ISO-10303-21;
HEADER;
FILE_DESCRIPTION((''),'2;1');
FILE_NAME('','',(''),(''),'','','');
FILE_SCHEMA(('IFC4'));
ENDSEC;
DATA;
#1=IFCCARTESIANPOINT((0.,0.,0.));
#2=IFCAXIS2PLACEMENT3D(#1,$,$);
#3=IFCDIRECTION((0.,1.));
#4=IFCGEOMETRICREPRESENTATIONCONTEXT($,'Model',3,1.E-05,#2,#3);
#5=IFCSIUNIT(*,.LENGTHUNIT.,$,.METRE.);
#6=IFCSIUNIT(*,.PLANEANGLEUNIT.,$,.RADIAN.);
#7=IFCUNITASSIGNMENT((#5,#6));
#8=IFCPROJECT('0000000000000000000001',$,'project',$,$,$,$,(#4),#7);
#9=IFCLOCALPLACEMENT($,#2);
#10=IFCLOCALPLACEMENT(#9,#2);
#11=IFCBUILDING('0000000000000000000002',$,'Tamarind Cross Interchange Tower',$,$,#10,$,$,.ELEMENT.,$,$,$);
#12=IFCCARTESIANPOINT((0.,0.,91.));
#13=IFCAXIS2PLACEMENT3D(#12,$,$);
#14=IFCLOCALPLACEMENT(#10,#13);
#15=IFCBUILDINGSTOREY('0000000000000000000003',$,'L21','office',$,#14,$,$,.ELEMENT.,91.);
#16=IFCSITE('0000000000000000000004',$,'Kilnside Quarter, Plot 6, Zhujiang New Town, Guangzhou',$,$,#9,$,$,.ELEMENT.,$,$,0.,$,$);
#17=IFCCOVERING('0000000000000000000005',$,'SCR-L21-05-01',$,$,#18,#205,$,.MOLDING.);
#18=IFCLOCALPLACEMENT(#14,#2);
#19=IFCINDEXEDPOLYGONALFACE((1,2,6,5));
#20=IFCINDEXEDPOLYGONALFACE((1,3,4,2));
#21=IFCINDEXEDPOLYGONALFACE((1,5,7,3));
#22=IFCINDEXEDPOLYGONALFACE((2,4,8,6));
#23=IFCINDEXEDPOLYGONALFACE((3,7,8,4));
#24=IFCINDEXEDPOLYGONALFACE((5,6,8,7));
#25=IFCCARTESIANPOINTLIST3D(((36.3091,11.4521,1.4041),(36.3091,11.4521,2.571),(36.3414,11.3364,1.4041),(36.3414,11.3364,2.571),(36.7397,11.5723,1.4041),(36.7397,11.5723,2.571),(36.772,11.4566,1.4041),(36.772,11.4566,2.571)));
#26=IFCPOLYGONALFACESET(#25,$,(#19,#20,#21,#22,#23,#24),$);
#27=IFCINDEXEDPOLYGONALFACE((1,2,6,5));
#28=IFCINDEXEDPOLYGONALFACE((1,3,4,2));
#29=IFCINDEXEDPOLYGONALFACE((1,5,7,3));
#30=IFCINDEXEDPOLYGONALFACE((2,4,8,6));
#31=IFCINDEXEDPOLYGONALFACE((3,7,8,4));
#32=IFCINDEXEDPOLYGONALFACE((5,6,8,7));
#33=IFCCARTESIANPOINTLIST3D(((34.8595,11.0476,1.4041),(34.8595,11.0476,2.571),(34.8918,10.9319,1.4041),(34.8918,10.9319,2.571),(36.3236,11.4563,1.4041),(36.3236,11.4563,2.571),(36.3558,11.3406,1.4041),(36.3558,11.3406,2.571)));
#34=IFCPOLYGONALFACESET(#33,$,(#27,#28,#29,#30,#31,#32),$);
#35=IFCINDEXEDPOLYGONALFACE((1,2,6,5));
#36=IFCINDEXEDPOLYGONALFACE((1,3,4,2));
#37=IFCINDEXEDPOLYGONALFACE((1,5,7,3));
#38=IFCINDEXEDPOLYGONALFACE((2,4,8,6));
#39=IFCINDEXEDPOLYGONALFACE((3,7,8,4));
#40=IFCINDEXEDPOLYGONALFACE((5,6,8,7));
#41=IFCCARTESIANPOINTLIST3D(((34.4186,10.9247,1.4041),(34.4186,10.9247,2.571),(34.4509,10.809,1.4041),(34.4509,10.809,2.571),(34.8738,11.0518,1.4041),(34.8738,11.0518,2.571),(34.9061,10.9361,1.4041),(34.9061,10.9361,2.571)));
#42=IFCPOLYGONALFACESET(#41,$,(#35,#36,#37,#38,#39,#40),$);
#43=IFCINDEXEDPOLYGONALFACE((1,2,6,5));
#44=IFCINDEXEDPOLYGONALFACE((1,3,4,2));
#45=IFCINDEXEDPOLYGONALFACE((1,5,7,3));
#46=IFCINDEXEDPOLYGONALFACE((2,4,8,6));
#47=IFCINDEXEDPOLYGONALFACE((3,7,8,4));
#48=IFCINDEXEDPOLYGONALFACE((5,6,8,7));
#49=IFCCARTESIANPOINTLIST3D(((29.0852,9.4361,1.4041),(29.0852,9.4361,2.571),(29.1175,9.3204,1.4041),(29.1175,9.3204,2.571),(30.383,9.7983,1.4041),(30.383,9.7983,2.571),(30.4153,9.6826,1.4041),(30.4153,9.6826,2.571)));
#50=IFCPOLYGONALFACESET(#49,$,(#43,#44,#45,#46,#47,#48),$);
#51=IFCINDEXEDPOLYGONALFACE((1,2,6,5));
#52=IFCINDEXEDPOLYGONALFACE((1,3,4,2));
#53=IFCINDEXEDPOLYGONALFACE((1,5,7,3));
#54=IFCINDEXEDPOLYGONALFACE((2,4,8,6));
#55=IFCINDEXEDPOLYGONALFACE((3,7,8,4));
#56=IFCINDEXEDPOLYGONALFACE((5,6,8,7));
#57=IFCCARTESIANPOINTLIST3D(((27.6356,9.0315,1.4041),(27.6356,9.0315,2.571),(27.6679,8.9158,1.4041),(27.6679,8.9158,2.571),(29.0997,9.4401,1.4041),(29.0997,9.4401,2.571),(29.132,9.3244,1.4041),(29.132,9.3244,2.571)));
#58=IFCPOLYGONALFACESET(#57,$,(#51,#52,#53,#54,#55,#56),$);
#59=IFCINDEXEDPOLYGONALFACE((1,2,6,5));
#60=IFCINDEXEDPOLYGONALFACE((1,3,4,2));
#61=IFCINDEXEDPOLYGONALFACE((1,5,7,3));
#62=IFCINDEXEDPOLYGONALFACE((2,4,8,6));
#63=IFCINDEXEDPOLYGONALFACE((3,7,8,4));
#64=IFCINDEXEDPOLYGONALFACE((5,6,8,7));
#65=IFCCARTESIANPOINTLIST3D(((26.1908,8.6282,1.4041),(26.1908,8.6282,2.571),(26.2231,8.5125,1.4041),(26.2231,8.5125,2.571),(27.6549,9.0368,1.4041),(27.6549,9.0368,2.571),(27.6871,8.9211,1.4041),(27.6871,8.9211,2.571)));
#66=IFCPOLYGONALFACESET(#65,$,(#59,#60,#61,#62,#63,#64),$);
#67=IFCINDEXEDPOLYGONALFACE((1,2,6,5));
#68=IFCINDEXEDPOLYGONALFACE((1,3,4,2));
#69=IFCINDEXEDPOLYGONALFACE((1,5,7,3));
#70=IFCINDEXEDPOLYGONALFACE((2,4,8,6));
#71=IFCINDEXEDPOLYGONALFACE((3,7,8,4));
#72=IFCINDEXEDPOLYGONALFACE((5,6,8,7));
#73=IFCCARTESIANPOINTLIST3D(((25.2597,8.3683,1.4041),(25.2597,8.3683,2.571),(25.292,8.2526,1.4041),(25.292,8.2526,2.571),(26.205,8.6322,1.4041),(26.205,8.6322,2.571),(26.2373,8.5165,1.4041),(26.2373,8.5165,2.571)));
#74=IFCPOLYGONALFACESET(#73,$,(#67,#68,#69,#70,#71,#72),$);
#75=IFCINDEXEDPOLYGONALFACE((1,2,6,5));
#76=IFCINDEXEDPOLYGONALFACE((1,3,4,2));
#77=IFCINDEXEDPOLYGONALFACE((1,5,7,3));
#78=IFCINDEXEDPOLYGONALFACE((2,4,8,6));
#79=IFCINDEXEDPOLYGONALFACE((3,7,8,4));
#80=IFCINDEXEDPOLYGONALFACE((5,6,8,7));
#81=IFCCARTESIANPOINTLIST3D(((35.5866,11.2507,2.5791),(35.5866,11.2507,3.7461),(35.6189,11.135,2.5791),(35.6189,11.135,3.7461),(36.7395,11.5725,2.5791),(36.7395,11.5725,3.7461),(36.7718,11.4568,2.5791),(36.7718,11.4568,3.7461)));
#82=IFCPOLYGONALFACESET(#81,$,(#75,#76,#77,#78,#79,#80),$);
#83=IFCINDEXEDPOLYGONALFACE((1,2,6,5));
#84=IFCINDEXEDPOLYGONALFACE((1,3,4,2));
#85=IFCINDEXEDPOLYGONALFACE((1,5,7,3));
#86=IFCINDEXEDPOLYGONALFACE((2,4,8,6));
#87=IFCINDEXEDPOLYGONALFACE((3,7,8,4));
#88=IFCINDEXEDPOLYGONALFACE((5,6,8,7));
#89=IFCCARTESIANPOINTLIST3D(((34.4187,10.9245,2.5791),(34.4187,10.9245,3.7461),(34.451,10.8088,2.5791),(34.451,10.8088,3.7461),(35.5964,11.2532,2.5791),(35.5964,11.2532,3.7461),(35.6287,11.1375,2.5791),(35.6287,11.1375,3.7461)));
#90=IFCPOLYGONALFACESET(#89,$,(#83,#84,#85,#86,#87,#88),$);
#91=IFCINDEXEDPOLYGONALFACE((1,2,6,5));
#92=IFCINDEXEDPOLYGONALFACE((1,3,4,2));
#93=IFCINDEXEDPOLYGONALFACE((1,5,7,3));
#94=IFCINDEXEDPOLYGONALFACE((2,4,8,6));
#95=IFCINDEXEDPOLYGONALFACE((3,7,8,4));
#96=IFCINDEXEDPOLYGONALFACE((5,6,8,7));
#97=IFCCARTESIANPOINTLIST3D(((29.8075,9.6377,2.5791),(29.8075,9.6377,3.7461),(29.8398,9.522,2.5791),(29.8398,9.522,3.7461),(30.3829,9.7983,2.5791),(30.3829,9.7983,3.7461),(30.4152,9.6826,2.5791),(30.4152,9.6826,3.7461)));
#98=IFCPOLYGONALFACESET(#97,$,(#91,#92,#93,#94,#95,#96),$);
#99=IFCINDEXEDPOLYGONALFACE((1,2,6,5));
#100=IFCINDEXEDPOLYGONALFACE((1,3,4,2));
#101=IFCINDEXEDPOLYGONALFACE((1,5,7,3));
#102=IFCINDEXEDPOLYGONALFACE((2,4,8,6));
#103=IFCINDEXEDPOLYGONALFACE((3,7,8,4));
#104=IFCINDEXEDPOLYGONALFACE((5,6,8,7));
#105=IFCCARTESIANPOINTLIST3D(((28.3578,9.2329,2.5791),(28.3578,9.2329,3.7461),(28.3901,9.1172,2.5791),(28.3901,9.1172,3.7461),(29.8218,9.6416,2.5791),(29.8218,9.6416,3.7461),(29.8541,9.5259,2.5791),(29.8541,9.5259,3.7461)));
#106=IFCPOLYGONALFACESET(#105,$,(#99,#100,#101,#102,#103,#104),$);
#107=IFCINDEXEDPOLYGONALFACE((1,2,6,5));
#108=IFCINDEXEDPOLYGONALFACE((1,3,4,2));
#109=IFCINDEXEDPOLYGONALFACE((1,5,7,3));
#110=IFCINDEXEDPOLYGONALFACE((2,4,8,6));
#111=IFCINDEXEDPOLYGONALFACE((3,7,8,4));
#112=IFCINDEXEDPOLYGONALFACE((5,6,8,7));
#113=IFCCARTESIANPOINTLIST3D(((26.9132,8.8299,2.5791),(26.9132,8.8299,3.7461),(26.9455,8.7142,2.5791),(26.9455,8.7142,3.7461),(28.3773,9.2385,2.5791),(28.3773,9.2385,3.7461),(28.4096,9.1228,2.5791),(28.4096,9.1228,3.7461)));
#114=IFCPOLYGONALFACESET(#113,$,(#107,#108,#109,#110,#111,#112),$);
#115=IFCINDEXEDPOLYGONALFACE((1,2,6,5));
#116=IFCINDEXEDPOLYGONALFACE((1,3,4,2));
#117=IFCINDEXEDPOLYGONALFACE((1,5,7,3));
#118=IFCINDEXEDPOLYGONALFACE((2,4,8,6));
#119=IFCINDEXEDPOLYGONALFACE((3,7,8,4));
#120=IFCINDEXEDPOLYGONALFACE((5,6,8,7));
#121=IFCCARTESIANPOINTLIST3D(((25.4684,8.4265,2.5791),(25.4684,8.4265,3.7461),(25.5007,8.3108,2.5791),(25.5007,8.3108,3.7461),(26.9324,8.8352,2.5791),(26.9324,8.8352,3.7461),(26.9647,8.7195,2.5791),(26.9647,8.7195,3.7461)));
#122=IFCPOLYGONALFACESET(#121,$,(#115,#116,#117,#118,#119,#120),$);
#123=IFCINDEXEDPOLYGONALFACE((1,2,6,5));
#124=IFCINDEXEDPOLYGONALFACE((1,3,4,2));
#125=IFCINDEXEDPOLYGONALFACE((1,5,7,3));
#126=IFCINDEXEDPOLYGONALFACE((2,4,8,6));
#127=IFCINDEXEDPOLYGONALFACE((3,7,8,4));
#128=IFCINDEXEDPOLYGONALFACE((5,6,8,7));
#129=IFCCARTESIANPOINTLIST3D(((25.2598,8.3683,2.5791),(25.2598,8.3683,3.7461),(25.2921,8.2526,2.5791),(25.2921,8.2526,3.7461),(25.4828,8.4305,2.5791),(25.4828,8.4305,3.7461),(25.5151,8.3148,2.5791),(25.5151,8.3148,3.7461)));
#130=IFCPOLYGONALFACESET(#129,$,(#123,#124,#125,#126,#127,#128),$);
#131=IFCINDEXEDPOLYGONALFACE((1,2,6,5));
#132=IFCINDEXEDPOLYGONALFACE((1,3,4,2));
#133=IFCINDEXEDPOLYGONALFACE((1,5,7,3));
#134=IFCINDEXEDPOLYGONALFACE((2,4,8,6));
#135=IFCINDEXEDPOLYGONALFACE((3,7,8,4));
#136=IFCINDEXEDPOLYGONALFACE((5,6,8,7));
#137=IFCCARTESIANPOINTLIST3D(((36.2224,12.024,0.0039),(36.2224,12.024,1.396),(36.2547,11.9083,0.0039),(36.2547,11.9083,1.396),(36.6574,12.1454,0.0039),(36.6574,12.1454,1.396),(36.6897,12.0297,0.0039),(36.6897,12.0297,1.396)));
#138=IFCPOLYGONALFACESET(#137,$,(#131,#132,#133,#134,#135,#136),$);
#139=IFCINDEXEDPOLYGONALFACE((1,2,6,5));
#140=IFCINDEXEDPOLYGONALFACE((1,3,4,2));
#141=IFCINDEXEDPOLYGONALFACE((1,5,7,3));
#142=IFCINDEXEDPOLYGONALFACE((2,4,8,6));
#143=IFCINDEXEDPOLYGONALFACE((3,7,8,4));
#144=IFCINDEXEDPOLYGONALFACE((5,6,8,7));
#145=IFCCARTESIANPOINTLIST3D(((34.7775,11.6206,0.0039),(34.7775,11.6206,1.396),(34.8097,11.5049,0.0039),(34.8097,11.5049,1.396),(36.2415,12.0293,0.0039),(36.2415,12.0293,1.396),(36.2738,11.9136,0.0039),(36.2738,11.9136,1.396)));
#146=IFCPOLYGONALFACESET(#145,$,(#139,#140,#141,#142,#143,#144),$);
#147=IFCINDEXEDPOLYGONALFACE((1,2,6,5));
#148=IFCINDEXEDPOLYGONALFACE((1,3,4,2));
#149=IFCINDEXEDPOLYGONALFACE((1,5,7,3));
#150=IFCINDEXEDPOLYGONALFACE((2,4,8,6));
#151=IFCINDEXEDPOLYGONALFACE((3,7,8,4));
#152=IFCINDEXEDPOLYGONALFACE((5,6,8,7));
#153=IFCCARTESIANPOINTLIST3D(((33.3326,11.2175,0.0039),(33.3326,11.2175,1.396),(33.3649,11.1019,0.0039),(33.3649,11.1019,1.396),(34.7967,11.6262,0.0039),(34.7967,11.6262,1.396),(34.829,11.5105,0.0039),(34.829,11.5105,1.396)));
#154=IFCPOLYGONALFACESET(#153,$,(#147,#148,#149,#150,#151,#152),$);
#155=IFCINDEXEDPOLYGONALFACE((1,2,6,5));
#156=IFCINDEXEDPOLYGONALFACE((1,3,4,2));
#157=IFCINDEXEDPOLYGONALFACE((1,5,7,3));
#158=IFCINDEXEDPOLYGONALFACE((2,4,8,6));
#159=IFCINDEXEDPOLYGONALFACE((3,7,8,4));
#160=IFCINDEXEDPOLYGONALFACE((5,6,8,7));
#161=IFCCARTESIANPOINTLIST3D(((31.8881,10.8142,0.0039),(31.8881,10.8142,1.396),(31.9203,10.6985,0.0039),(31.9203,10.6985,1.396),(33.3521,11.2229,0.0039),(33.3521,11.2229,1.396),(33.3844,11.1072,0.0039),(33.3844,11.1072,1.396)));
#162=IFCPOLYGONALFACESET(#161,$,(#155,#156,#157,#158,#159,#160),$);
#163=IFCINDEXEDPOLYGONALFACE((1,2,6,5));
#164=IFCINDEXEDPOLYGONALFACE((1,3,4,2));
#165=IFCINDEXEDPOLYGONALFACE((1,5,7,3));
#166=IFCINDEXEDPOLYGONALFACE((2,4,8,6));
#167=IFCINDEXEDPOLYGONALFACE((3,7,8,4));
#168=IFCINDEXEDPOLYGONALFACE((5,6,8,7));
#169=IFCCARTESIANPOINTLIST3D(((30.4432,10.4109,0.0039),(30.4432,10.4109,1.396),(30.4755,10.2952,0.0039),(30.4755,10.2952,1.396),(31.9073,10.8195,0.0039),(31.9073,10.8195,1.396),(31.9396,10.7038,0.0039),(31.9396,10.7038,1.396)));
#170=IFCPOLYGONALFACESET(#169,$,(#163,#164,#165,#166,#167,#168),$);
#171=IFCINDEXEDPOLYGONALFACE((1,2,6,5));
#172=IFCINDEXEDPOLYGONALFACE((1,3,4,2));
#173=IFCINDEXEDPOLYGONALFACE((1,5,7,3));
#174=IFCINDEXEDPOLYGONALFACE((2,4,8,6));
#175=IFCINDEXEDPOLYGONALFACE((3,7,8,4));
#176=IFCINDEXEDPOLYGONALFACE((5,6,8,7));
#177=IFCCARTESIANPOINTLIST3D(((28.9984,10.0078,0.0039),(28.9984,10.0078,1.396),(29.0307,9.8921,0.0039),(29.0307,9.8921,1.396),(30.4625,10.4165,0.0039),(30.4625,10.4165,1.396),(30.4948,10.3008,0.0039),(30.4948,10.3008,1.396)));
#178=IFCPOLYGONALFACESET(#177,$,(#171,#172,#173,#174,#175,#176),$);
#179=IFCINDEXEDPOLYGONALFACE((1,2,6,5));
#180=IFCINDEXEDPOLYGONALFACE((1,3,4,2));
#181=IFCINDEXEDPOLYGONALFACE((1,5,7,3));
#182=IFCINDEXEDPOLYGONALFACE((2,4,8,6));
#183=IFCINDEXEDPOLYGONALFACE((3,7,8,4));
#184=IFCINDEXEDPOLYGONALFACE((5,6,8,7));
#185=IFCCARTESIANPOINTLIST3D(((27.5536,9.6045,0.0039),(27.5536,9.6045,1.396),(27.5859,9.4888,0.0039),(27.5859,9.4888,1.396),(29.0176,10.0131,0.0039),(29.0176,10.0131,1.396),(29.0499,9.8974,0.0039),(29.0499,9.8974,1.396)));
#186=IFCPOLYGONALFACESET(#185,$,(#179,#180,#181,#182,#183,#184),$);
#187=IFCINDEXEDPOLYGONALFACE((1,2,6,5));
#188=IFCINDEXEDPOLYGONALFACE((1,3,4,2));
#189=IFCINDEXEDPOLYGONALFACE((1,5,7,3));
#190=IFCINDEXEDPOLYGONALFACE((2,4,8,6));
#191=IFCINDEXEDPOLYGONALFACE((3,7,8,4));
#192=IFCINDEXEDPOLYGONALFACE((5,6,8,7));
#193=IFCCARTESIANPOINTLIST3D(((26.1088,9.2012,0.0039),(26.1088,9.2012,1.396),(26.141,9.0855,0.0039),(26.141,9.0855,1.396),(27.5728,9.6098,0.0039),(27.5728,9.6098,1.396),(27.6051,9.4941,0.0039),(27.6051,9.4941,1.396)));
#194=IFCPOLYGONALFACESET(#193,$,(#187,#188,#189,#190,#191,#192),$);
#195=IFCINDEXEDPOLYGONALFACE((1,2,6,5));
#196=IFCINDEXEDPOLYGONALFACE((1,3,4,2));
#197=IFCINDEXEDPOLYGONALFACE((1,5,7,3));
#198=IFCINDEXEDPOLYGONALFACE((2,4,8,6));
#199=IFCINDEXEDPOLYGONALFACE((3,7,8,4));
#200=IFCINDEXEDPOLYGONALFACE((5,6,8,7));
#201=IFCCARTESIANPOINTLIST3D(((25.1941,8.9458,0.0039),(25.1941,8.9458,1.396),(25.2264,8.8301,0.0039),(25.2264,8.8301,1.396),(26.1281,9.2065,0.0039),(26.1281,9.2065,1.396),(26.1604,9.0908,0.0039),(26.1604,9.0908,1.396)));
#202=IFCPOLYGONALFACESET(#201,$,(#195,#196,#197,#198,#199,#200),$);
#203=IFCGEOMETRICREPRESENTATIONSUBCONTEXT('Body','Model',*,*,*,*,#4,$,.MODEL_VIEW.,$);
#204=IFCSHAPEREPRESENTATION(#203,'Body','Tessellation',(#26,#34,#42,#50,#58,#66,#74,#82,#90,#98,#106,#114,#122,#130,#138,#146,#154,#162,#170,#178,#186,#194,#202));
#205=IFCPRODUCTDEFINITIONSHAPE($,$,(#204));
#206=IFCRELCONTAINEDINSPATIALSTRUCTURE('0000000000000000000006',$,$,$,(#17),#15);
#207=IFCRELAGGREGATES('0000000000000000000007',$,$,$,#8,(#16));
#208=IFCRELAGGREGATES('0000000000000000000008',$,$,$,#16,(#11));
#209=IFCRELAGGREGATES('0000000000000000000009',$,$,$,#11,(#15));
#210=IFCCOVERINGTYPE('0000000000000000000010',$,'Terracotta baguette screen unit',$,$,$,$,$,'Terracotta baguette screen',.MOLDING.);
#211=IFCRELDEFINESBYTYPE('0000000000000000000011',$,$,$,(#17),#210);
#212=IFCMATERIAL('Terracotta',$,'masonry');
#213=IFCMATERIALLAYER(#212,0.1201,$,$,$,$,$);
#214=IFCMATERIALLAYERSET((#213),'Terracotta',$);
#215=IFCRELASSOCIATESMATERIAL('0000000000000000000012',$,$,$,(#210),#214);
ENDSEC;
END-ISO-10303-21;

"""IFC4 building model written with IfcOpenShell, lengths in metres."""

from ifc_helpers import new_model, si_unit, direction, frame, origin, origin_2d, place, context, subcontext, project, spatial, rectangle, extrude, material, layer, layer_set, type_object, element, save


model = new_model("IFC4")

# Units and contexts
model_context = context("Model", 3, precision=1e-05, world=origin(), true_north=direction((0.0, 1.0)))
body_context = subcontext(model_context, "Body", "Model", "MODEL_VIEW")
ifc_project = project(units=[si_unit("LENGTHUNIT", "METRE"), si_unit("PLANEANGLEUNIT", "RADIAN")], contexts=[model_context])

# Site, building, storey
site_placement = place(None, origin())
site = spatial("IfcSite", under=ifc_project, at=site_placement, Name="Kilnside Quarter, Plot 6, Zhujiang New Town, Guangzhou", CompositionType="ELEMENT", RefElevation=0.0)
building_placement = place(site_placement, origin())
building = spatial("IfcBuilding", under=site, at=building_placement, Name="Tamarind Cross Interchange Tower", CompositionType="ELEMENT")
storey_placement = place(building_placement, frame((0.0, 0.0, 91.0)))
storey = spatial("IfcBuildingStorey", under=building, at=storey_placement, Name="L21", Description="office", CompositionType="ELEMENT", Elevation=91.0)

# Covering
ifc_material_1 = material(Name="Terracotta", Category="masonry")
ifc_layer_1 = layer(ifc_material_1, 0.1201)
ifc_layer_set_1 = layer_set([ifc_layer_1], Name="Terracotta")
covering_type = type_object("IfcCoveringType", Name="Terracotta baguette screen unit", ElementType="Terracotta baguette screen", PredefinedType="MOLDING", material=ifc_layer_set_1)
covering_1_placement = place(storey_placement, origin())
element("IfcCovering", 1, at=covering_1_placement, inside=storey, type_object=covering_type, Name="SCR-L21-05-01", PredefinedType="MOLDING", context=body_context, shape_type="SweptSolid", body=[
    extrude(rectangle(XDim=0.447, YDim=0.1201, at=origin_2d()), frame((36.5405, 11.4543, 1.4041), z_axis=(0.0, 0.0, 1.0), x_axis=(-0.963187, -0.268831, 0.0)), (0.0, 0.0, 1.0), 1.167),
    extrude(rectangle(XDim=1.52, YDim=0.1201, at=origin_2d()), frame((35.6077, 11.1941, 1.4041), z_axis=(0.0, 0.0, 1.0), x_axis=(-0.963187, -0.268831, 0.0)), (0.0, 0.0, 1.0), 1.167),
    extrude(rectangle(XDim=0.4727, YDim=0.1201, at=origin_2d()), frame((34.6624, 10.9304, 1.4041), z_axis=(0.0, 0.0, 1.0), x_axis=(-0.963187, -0.268831, 0.0)), (0.0, 0.0, 1.0), 1.167),
    extrude(rectangle(XDim=1.3474, YDim=0.1201, at=origin_2d()), frame((29.7502, 9.5593, 1.4041), z_axis=(0.0, 0.0, 1.0), x_axis=(-0.963187, -0.268831, 0.0)), (0.0, 0.0, 1.0), 1.167),
    extrude(rectangle(XDim=1.52, YDim=0.1201, at=origin_2d()), frame((28.3838, 9.178, 1.4041), z_axis=(0.0, 0.0, 1.0), x_axis=(-0.963187, -0.268831, 0.0)), (0.0, 0.0, 1.0), 1.167),
    extrude(rectangle(XDim=1.52, YDim=0.1201, at=origin_2d()), frame((26.939, 8.7747, 1.4041), z_axis=(0.0, 0.0, 1.0), x_axis=(-0.963187, -0.268831, 0.0)), (0.0, 0.0, 1.0), 1.167),
    extrude(rectangle(XDim=0.9814, YDim=0.1201, at=origin_2d()), frame((25.7485, 8.4424, 1.4041), z_axis=(0.0, 0.0, 1.0), x_axis=(-0.963187, -0.268831, 0.0)), (0.0, 0.0, 1.0), 1.167),
    extrude(rectangle(XDim=1.197, YDim=0.1201, at=origin_2d()), frame((36.1792, 11.3538, 2.5791), z_axis=(0.0, 0.0, 1.0), x_axis=(-0.963187, -0.268831, 0.0)), (0.0, 0.0, 1.0), 1.167),
    extrude(rectangle(XDim=1.2227, YDim=0.1201, at=origin_2d()), frame((35.0237, 11.031, 2.5791), z_axis=(0.0, 0.0, 1.0), x_axis=(-0.963187, -0.268831, 0.0)), (0.0, 0.0, 1.0), 1.167),
    extrude(rectangle(XDim=0.5974, YDim=0.1201, at=origin_2d()), frame((30.1113, 9.6602, 2.5791), z_axis=(0.0, 0.0, 1.0), x_axis=(-0.963187, -0.268831, 0.0)), (0.0, 0.0, 1.0), 1.167),
    extrude(rectangle(XDim=1.52, YDim=0.1201, at=origin_2d()), frame((29.106, 9.3794, 2.5791), z_axis=(0.0, 0.0, 1.0), x_axis=(-0.963187, -0.268831, 0.0)), (0.0, 0.0, 1.0), 1.167),
    extrude(rectangle(XDim=1.52, YDim=0.1201, at=origin_2d()), frame((27.6614, 8.9763, 2.5791), z_axis=(0.0, 0.0, 1.0), x_axis=(-0.963187, -0.268831, 0.0)), (0.0, 0.0, 1.0), 1.167),
    extrude(rectangle(XDim=1.52, YDim=0.1201, at=origin_2d()), frame((26.2166, 8.573, 2.5791), z_axis=(0.0, 0.0, 1.0), x_axis=(-0.963187, -0.268831, 0.0)), (0.0, 0.0, 1.0), 1.167),
    extrude(rectangle(XDim=0.2314, YDim=0.1201, at=origin_2d()), frame((25.3875, 8.3416, 2.5791), z_axis=(0.0, 0.0, 1.0), x_axis=(-0.963187, -0.268831, 0.0)), (0.0, 0.0, 1.0), 1.167),
    extrude(rectangle(XDim=0.4517, YDim=0.1201, at=origin_2d()), frame((36.4561, 12.0269, 0.0039), z_axis=(0.0, 0.0, 1.0), x_axis=(-0.963187, -0.268831, 0.0)), (0.0, 0.0, 1.0), 1.3921),
    extrude(rectangle(XDim=1.52, YDim=0.1201, at=origin_2d()), frame((35.5256, 11.7671, 0.0039), z_axis=(0.0, 0.0, 1.0), x_axis=(-0.963187, -0.268831, 0.0)), (0.0, 0.0, 1.0), 1.3921),
    extrude(rectangle(XDim=1.52, YDim=0.1201, at=origin_2d()), frame((34.0808, 11.364, 0.0039), z_axis=(0.0, 0.0, 1.0), x_axis=(-0.963187, -0.268831, 0.0)), (0.0, 0.0, 1.0), 1.3921),
    extrude(rectangle(XDim=1.52, YDim=0.1201, at=origin_2d()), frame((32.6362, 10.9607, 0.0039), z_axis=(0.0, 0.0, 1.0), x_axis=(-0.963187, -0.268831, 0.0)), (0.0, 0.0, 1.0), 1.3921),
    extrude(rectangle(XDim=1.52, YDim=0.1201, at=origin_2d()), frame((31.1914, 10.5574, 0.0039), z_axis=(0.0, 0.0, 1.0), x_axis=(-0.963187, -0.268831, 0.0)), (0.0, 0.0, 1.0), 1.3921),
    extrude(rectangle(XDim=1.52, YDim=0.1201, at=origin_2d()), frame((29.7466, 10.1543, 0.0039), z_axis=(0.0, 0.0, 1.0), x_axis=(-0.963187, -0.268831, 0.0)), (0.0, 0.0, 1.0), 1.3921),
    extrude(rectangle(XDim=1.52, YDim=0.1201, at=origin_2d()), frame((28.3018, 9.751, 0.0039), z_axis=(0.0, 0.0, 1.0), x_axis=(-0.963187, -0.268831, 0.0)), (0.0, 0.0, 1.0), 1.3921),
    extrude(rectangle(XDim=1.52, YDim=0.1201, at=origin_2d()), frame((26.8569, 9.3477, 0.0039), z_axis=(0.0, 0.0, 1.0), x_axis=(-0.963187, -0.268831, 0.0)), (0.0, 0.0, 1.0), 1.3921),
    extrude(rectangle(XDim=0.9697, YDim=0.1201, at=origin_2d()), frame((25.6772, 9.0183, 0.0039), z_axis=(0.0, 0.0, 1.0), x_axis=(-0.963187, -0.268831, 0.0)), (0.0, 0.0, 1.0), 1.3921),
])

save(model, "model.ifc")
